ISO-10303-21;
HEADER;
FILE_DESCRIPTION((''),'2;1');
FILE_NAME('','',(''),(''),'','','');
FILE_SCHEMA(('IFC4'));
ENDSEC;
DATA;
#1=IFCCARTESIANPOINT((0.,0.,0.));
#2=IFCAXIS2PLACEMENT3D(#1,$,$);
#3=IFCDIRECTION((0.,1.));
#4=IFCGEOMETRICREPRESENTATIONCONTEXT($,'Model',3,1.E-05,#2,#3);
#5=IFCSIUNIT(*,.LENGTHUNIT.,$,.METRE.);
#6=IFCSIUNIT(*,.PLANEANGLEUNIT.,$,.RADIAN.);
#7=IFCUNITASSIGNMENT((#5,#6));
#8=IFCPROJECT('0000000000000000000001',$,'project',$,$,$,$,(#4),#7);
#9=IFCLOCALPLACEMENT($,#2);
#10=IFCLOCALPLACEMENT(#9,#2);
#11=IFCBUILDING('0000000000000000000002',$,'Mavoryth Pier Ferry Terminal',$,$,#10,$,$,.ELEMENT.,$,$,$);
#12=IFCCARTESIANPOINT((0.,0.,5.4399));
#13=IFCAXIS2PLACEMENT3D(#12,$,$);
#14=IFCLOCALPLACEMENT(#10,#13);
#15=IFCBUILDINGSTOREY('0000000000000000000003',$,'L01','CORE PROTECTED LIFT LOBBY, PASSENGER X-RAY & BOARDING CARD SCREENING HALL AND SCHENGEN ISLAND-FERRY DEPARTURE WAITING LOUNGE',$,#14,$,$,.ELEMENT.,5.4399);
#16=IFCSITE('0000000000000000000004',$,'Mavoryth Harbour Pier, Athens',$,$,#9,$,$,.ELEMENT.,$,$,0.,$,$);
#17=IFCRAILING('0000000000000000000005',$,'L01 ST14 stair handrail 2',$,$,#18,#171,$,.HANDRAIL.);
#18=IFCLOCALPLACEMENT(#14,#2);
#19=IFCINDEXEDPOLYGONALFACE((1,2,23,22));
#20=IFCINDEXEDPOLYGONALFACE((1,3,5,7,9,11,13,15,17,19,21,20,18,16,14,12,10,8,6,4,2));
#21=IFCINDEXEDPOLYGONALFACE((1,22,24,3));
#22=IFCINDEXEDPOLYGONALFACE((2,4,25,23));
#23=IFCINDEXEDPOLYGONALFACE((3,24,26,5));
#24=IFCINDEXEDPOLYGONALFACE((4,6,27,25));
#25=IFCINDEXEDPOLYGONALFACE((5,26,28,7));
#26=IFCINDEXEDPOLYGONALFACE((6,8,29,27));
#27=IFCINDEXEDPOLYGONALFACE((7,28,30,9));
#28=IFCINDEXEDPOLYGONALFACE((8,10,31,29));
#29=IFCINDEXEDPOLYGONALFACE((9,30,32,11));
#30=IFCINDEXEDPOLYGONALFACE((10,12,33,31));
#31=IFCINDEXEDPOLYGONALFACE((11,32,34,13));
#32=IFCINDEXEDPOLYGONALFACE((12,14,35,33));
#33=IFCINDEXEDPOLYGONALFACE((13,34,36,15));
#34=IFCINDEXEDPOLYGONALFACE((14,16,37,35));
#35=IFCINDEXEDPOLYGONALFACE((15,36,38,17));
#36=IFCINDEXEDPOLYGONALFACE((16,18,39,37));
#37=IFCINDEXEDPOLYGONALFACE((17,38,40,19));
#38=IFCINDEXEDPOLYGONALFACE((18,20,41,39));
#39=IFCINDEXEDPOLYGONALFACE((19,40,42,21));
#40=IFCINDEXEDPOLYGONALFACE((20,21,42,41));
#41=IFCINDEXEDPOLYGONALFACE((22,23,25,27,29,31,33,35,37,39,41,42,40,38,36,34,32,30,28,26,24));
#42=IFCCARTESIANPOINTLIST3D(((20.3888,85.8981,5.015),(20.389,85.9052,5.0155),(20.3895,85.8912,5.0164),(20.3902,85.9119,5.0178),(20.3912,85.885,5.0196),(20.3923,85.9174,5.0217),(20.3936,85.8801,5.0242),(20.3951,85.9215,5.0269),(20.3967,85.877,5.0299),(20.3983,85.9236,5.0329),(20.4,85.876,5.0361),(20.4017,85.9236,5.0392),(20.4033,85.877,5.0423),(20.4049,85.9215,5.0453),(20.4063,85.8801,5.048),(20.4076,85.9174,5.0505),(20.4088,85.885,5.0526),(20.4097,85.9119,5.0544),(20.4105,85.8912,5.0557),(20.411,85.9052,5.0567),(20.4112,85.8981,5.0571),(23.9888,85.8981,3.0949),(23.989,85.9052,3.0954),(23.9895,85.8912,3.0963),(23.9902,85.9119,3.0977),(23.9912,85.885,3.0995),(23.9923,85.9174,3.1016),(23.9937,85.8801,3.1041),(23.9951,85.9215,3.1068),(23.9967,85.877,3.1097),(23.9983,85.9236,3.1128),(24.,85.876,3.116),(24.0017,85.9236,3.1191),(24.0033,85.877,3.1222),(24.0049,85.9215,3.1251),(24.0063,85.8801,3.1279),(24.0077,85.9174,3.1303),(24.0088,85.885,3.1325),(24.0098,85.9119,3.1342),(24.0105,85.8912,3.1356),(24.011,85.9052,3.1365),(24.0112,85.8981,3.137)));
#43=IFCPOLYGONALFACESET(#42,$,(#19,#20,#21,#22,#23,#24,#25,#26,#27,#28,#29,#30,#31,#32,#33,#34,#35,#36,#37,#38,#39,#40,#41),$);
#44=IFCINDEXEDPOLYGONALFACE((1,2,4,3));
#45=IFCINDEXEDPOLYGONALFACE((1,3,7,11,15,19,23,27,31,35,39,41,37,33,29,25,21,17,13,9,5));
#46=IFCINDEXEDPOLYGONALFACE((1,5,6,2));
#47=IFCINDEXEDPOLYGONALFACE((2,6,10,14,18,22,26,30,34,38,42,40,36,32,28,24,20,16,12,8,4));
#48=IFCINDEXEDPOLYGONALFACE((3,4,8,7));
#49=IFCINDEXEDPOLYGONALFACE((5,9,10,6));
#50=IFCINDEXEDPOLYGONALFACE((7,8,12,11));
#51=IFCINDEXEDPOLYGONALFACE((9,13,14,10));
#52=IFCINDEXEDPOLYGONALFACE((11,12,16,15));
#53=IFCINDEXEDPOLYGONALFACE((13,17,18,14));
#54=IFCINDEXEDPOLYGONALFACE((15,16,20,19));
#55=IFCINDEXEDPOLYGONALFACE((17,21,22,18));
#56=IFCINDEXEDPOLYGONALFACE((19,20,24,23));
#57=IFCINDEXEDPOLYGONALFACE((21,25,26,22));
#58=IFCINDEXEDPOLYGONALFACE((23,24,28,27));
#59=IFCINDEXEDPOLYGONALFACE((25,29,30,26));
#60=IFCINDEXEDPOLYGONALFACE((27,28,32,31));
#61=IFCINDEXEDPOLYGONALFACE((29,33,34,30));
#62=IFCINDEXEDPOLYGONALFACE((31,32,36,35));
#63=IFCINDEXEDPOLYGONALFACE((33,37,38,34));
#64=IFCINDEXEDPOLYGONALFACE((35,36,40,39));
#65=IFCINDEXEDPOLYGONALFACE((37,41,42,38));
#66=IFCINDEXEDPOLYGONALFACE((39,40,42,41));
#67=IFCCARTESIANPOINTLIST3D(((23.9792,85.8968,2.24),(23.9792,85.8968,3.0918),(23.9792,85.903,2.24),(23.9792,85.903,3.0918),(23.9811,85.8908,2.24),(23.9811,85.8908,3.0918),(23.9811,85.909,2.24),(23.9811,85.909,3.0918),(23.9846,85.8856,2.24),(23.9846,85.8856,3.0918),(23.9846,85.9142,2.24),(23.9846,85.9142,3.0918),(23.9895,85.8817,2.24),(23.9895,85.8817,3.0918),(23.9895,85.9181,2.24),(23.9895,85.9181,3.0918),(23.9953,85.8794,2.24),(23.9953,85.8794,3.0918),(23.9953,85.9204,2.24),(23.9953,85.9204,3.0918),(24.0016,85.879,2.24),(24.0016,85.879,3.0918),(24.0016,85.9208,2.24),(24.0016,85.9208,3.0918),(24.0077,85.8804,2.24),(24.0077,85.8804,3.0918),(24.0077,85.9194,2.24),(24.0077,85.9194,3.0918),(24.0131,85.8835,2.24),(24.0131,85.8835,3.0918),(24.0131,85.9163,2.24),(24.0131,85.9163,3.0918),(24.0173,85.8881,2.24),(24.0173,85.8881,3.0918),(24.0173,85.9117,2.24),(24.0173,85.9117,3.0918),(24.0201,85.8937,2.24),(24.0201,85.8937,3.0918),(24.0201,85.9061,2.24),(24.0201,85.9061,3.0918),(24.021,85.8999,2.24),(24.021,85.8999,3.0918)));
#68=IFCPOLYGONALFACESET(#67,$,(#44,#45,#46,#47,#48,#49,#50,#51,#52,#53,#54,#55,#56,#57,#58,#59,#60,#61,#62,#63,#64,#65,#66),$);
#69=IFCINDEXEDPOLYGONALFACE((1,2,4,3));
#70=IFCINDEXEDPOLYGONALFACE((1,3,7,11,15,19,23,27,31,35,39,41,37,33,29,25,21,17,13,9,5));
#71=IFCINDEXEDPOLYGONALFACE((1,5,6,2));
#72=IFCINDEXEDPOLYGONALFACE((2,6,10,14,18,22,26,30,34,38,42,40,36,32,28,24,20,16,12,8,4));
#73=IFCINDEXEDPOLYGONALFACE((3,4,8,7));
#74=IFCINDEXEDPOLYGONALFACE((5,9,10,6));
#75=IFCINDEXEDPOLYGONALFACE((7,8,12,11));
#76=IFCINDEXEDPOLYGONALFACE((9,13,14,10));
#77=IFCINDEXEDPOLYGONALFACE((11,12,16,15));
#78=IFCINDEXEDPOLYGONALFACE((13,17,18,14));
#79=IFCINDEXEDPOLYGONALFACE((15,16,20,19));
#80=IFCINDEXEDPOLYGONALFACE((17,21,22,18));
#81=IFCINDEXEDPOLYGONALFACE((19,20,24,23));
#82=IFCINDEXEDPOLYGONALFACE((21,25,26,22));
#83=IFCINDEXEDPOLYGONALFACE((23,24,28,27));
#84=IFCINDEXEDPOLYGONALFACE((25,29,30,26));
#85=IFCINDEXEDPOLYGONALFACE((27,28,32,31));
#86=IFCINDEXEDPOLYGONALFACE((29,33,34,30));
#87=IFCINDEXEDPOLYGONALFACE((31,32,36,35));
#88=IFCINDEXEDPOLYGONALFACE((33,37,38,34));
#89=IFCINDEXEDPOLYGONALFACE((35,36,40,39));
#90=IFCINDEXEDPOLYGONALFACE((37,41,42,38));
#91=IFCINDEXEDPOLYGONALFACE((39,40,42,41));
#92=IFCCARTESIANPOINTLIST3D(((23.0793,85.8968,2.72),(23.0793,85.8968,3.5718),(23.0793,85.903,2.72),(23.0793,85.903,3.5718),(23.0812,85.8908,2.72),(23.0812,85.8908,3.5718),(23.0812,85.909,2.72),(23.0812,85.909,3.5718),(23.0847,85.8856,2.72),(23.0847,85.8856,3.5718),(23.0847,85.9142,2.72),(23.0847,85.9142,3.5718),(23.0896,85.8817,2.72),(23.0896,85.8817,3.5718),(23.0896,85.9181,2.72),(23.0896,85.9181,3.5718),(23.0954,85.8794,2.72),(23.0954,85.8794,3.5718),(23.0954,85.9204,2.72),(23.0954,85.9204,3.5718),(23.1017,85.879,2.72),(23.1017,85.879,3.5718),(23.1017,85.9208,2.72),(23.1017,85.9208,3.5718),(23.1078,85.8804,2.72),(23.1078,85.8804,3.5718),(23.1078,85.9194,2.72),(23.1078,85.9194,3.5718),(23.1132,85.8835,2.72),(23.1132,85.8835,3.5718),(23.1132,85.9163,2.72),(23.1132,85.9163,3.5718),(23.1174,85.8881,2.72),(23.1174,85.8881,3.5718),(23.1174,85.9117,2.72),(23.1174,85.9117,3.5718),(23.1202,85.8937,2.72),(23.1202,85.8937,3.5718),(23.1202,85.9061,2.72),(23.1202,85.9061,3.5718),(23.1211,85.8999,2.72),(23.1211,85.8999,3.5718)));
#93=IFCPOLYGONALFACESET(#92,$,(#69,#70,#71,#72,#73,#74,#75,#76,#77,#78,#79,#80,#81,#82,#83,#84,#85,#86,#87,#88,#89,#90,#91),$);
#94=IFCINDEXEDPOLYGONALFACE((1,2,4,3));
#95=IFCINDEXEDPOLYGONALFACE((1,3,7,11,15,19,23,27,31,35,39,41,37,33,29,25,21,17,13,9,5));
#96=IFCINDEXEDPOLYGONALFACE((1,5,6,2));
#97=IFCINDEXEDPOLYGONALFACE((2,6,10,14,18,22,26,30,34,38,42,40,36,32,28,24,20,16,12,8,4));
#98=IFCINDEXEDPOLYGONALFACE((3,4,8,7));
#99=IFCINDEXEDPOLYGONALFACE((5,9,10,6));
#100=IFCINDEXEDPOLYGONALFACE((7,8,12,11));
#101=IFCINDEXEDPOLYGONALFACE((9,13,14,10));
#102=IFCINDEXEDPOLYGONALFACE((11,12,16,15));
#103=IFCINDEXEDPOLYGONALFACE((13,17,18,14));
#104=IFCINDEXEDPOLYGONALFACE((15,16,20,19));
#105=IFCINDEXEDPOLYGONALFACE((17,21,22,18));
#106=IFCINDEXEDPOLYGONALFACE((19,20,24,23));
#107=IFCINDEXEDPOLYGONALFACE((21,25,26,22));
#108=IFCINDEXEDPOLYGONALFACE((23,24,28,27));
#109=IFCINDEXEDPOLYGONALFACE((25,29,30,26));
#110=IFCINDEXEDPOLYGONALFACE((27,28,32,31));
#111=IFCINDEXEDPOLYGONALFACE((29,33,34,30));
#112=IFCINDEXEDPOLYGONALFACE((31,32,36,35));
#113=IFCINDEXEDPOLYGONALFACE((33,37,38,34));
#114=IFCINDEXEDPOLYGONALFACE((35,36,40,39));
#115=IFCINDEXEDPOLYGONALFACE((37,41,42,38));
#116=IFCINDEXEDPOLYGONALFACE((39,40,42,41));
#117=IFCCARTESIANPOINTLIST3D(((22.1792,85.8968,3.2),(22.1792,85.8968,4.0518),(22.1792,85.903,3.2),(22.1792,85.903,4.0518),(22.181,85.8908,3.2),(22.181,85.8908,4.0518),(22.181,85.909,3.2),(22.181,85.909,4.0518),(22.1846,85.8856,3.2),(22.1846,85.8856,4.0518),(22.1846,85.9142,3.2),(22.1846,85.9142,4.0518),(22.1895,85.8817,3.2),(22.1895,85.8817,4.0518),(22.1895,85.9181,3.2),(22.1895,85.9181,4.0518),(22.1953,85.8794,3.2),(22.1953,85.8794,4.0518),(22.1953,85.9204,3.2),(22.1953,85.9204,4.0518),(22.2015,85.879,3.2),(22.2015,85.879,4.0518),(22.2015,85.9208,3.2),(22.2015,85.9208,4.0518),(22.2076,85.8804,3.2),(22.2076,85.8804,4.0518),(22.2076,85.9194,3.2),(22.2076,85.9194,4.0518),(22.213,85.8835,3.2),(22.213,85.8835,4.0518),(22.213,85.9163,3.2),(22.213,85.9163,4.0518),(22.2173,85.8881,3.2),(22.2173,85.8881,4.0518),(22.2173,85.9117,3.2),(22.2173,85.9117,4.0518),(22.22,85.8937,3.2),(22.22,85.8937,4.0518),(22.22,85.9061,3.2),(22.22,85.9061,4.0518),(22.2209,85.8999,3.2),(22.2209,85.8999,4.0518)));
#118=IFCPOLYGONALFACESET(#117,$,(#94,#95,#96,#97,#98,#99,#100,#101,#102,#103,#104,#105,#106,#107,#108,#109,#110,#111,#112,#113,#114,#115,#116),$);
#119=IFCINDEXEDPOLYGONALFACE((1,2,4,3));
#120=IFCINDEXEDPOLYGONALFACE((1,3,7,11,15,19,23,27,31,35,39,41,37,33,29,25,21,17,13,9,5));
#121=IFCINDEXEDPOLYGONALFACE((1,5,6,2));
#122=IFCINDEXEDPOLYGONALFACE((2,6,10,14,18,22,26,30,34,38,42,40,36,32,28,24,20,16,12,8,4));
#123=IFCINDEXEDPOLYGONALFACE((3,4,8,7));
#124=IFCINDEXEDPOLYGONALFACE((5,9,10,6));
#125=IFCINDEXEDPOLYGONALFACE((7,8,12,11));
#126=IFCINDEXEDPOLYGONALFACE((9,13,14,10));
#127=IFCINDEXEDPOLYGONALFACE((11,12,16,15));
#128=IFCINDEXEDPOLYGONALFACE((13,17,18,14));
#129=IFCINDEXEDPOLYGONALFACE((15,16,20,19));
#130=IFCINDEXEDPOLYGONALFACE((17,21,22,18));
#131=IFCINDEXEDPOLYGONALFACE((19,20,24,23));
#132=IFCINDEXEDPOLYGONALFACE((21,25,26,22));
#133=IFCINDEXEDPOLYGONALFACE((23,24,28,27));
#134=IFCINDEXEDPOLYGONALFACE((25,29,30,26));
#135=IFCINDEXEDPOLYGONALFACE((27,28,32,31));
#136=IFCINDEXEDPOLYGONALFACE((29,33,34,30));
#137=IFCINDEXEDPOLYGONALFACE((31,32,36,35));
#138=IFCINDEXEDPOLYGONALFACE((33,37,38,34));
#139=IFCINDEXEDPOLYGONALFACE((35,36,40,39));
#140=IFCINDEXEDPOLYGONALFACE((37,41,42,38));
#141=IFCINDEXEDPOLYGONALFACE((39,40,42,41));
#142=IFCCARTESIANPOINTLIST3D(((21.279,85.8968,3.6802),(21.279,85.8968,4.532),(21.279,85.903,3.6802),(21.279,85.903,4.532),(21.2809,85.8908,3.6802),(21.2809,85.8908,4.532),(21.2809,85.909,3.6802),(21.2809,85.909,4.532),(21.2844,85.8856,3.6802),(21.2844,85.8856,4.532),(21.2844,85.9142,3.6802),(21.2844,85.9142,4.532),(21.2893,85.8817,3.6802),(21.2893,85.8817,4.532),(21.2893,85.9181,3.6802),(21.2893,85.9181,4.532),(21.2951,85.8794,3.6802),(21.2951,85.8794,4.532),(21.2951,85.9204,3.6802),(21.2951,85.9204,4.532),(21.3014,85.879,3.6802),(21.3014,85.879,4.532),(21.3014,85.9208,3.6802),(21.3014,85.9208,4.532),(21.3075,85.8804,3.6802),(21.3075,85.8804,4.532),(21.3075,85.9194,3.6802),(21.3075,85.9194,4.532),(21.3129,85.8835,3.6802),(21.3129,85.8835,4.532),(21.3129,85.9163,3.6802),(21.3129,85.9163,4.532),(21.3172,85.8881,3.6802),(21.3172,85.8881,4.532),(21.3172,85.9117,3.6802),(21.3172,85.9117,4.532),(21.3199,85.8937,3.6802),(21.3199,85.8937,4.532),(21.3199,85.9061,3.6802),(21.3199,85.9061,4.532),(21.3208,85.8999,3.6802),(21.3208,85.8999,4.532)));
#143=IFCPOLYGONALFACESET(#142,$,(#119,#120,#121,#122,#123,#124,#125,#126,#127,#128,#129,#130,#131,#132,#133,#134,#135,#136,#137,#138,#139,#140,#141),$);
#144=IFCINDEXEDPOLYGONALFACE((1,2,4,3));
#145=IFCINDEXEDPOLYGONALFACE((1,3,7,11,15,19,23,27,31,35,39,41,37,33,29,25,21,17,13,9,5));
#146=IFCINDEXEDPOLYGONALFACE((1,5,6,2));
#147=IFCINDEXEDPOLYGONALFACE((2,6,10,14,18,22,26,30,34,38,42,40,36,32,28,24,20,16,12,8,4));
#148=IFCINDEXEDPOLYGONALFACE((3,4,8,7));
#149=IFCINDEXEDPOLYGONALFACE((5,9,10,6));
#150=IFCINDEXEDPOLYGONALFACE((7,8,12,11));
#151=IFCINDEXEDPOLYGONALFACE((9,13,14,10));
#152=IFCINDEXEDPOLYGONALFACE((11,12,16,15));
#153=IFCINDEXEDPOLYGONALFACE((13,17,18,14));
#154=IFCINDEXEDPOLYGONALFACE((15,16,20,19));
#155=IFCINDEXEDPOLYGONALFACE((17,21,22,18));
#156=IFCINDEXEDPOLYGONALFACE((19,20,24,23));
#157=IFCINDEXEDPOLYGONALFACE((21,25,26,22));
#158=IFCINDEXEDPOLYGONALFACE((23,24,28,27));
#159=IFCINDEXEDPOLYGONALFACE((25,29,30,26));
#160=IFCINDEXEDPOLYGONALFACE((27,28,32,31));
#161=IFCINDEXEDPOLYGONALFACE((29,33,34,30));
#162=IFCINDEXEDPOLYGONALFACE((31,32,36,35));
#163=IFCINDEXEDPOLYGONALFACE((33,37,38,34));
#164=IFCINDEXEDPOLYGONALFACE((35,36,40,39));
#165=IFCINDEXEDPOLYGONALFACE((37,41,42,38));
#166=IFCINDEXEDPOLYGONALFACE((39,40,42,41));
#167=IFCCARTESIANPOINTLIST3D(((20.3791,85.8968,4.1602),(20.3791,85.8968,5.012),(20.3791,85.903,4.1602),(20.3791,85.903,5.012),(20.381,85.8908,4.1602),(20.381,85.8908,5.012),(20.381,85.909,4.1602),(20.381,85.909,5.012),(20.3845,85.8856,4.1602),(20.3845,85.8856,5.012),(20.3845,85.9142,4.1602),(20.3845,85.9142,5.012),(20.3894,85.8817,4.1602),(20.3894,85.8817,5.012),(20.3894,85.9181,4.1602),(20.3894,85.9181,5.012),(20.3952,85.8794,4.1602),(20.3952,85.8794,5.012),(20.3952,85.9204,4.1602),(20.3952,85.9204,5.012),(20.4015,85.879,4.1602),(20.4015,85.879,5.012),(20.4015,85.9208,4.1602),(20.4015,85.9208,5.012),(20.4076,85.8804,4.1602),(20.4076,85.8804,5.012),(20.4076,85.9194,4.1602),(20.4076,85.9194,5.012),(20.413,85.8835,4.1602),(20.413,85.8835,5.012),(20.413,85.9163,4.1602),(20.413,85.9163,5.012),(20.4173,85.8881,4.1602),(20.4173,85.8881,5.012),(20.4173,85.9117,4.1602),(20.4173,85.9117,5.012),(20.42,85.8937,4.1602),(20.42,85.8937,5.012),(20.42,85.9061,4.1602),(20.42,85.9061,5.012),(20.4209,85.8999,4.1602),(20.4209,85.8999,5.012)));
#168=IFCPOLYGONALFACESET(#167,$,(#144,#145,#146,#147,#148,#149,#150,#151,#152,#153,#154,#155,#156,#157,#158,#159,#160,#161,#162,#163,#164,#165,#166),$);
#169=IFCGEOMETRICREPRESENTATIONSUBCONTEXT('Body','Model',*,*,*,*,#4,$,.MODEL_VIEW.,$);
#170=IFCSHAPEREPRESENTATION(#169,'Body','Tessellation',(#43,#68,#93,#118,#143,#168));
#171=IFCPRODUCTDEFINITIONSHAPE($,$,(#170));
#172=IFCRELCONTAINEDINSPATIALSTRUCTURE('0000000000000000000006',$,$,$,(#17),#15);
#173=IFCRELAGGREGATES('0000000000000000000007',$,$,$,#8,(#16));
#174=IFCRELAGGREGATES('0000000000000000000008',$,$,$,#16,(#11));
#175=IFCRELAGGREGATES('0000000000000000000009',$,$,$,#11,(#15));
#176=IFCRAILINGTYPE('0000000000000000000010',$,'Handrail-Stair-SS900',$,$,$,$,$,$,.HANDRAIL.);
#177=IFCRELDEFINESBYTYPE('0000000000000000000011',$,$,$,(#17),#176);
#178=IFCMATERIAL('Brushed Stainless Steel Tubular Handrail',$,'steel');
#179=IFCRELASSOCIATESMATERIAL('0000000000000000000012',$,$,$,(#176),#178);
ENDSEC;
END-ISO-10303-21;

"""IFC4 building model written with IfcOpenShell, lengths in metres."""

from ifc_helpers import new_model, si_unit, direction, frame, origin, origin_2d, place, context, subcontext, project, spatial, circle, extrude, material, type_object, element, save


model = new_model("IFC4")

# Units and contexts
model_context = context("Model", 3, precision=1e-05, world=origin(), true_north=direction((0.0, 1.0)))
body_context = subcontext(model_context, "Body", "Model", "MODEL_VIEW")
ifc_project = project(units=[si_unit("LENGTHUNIT", "METRE"), si_unit("PLANEANGLEUNIT", "RADIAN")], contexts=[model_context])

# Site, building, storey
site_placement = place(None, origin())
site = spatial("IfcSite", under=ifc_project, at=site_placement, Name="Mavoryth Harbour Pier, Athens", CompositionType="ELEMENT", RefElevation=0.0)
building_placement = place(site_placement, origin())
building = spatial("IfcBuilding", under=site, at=building_placement, Name="Mavoryth Pier Ferry Terminal", CompositionType="ELEMENT")
storey_placement = place(building_placement, frame((0.0, 0.0, 5.4399)))
storey = spatial("IfcBuildingStorey", under=building, at=storey_placement, Name="L01", Description="CORE PROTECTED LIFT LOBBY, PASSENGER X-RAY & BOARDING CARD SCREENING HALL AND SCHENGEN ISLAND-FERRY DEPARTURE WAITING LOUNGE", CompositionType="ELEMENT", Elevation=5.4399)

# Railing
ifc_material_1 = material(Name="Brushed Stainless Steel Tubular Handrail", Category="steel")
railing_type_1 = type_object("IfcRailingType", Name="Handrail-Stair-SS900", PredefinedType="HANDRAIL", material=ifc_material_1)
for number, where, name in (
    (1, (24.0, 85.8999, 2.24), "L01 ST14 stair handrail 2"),
):
    element("IfcRailing", number, at=place(storey_placement, frame(where)), inside=storey, type_object=railing_type_1, Name=name, PredefinedType="HANDRAIL", context=body_context, shape_type="SweptSolid", body=[
        extrude(circle(Radius=0.0239, at=origin_2d()), frame((0.0, 0.0, 0.876), z_axis=(-0.882341, 0.0, 0.47061), x_axis=(0.0, -1.0, 0.0)), (0.0, 0.0, 1.0), 4.0801),
        extrude(circle(Radius=0.021, at=origin_2d()), origin(), (0.0, 0.0, 1.0), 0.8518),
        extrude(circle(Radius=0.021, at=origin_2d()), frame((-0.8999, 0.0, 0.48)), (0.0, 0.0, 1.0), 0.8518),
        extrude(circle(Radius=0.021, at=origin_2d()), frame((-1.8, 0.0, 0.96)), (0.0, 0.0, 1.0), 0.8518),
        extrude(circle(Radius=0.021, at=origin_2d()), frame((-2.7002, 0.0, 1.4402)), (0.0, 0.0, 1.0), 0.8518),
        extrude(circle(Radius=0.021, at=origin_2d()), frame((-3.6001, 0.0, 1.9202)), (0.0, 0.0, 1.0), 0.8518),
    ])

save(model, "model.ifc")
